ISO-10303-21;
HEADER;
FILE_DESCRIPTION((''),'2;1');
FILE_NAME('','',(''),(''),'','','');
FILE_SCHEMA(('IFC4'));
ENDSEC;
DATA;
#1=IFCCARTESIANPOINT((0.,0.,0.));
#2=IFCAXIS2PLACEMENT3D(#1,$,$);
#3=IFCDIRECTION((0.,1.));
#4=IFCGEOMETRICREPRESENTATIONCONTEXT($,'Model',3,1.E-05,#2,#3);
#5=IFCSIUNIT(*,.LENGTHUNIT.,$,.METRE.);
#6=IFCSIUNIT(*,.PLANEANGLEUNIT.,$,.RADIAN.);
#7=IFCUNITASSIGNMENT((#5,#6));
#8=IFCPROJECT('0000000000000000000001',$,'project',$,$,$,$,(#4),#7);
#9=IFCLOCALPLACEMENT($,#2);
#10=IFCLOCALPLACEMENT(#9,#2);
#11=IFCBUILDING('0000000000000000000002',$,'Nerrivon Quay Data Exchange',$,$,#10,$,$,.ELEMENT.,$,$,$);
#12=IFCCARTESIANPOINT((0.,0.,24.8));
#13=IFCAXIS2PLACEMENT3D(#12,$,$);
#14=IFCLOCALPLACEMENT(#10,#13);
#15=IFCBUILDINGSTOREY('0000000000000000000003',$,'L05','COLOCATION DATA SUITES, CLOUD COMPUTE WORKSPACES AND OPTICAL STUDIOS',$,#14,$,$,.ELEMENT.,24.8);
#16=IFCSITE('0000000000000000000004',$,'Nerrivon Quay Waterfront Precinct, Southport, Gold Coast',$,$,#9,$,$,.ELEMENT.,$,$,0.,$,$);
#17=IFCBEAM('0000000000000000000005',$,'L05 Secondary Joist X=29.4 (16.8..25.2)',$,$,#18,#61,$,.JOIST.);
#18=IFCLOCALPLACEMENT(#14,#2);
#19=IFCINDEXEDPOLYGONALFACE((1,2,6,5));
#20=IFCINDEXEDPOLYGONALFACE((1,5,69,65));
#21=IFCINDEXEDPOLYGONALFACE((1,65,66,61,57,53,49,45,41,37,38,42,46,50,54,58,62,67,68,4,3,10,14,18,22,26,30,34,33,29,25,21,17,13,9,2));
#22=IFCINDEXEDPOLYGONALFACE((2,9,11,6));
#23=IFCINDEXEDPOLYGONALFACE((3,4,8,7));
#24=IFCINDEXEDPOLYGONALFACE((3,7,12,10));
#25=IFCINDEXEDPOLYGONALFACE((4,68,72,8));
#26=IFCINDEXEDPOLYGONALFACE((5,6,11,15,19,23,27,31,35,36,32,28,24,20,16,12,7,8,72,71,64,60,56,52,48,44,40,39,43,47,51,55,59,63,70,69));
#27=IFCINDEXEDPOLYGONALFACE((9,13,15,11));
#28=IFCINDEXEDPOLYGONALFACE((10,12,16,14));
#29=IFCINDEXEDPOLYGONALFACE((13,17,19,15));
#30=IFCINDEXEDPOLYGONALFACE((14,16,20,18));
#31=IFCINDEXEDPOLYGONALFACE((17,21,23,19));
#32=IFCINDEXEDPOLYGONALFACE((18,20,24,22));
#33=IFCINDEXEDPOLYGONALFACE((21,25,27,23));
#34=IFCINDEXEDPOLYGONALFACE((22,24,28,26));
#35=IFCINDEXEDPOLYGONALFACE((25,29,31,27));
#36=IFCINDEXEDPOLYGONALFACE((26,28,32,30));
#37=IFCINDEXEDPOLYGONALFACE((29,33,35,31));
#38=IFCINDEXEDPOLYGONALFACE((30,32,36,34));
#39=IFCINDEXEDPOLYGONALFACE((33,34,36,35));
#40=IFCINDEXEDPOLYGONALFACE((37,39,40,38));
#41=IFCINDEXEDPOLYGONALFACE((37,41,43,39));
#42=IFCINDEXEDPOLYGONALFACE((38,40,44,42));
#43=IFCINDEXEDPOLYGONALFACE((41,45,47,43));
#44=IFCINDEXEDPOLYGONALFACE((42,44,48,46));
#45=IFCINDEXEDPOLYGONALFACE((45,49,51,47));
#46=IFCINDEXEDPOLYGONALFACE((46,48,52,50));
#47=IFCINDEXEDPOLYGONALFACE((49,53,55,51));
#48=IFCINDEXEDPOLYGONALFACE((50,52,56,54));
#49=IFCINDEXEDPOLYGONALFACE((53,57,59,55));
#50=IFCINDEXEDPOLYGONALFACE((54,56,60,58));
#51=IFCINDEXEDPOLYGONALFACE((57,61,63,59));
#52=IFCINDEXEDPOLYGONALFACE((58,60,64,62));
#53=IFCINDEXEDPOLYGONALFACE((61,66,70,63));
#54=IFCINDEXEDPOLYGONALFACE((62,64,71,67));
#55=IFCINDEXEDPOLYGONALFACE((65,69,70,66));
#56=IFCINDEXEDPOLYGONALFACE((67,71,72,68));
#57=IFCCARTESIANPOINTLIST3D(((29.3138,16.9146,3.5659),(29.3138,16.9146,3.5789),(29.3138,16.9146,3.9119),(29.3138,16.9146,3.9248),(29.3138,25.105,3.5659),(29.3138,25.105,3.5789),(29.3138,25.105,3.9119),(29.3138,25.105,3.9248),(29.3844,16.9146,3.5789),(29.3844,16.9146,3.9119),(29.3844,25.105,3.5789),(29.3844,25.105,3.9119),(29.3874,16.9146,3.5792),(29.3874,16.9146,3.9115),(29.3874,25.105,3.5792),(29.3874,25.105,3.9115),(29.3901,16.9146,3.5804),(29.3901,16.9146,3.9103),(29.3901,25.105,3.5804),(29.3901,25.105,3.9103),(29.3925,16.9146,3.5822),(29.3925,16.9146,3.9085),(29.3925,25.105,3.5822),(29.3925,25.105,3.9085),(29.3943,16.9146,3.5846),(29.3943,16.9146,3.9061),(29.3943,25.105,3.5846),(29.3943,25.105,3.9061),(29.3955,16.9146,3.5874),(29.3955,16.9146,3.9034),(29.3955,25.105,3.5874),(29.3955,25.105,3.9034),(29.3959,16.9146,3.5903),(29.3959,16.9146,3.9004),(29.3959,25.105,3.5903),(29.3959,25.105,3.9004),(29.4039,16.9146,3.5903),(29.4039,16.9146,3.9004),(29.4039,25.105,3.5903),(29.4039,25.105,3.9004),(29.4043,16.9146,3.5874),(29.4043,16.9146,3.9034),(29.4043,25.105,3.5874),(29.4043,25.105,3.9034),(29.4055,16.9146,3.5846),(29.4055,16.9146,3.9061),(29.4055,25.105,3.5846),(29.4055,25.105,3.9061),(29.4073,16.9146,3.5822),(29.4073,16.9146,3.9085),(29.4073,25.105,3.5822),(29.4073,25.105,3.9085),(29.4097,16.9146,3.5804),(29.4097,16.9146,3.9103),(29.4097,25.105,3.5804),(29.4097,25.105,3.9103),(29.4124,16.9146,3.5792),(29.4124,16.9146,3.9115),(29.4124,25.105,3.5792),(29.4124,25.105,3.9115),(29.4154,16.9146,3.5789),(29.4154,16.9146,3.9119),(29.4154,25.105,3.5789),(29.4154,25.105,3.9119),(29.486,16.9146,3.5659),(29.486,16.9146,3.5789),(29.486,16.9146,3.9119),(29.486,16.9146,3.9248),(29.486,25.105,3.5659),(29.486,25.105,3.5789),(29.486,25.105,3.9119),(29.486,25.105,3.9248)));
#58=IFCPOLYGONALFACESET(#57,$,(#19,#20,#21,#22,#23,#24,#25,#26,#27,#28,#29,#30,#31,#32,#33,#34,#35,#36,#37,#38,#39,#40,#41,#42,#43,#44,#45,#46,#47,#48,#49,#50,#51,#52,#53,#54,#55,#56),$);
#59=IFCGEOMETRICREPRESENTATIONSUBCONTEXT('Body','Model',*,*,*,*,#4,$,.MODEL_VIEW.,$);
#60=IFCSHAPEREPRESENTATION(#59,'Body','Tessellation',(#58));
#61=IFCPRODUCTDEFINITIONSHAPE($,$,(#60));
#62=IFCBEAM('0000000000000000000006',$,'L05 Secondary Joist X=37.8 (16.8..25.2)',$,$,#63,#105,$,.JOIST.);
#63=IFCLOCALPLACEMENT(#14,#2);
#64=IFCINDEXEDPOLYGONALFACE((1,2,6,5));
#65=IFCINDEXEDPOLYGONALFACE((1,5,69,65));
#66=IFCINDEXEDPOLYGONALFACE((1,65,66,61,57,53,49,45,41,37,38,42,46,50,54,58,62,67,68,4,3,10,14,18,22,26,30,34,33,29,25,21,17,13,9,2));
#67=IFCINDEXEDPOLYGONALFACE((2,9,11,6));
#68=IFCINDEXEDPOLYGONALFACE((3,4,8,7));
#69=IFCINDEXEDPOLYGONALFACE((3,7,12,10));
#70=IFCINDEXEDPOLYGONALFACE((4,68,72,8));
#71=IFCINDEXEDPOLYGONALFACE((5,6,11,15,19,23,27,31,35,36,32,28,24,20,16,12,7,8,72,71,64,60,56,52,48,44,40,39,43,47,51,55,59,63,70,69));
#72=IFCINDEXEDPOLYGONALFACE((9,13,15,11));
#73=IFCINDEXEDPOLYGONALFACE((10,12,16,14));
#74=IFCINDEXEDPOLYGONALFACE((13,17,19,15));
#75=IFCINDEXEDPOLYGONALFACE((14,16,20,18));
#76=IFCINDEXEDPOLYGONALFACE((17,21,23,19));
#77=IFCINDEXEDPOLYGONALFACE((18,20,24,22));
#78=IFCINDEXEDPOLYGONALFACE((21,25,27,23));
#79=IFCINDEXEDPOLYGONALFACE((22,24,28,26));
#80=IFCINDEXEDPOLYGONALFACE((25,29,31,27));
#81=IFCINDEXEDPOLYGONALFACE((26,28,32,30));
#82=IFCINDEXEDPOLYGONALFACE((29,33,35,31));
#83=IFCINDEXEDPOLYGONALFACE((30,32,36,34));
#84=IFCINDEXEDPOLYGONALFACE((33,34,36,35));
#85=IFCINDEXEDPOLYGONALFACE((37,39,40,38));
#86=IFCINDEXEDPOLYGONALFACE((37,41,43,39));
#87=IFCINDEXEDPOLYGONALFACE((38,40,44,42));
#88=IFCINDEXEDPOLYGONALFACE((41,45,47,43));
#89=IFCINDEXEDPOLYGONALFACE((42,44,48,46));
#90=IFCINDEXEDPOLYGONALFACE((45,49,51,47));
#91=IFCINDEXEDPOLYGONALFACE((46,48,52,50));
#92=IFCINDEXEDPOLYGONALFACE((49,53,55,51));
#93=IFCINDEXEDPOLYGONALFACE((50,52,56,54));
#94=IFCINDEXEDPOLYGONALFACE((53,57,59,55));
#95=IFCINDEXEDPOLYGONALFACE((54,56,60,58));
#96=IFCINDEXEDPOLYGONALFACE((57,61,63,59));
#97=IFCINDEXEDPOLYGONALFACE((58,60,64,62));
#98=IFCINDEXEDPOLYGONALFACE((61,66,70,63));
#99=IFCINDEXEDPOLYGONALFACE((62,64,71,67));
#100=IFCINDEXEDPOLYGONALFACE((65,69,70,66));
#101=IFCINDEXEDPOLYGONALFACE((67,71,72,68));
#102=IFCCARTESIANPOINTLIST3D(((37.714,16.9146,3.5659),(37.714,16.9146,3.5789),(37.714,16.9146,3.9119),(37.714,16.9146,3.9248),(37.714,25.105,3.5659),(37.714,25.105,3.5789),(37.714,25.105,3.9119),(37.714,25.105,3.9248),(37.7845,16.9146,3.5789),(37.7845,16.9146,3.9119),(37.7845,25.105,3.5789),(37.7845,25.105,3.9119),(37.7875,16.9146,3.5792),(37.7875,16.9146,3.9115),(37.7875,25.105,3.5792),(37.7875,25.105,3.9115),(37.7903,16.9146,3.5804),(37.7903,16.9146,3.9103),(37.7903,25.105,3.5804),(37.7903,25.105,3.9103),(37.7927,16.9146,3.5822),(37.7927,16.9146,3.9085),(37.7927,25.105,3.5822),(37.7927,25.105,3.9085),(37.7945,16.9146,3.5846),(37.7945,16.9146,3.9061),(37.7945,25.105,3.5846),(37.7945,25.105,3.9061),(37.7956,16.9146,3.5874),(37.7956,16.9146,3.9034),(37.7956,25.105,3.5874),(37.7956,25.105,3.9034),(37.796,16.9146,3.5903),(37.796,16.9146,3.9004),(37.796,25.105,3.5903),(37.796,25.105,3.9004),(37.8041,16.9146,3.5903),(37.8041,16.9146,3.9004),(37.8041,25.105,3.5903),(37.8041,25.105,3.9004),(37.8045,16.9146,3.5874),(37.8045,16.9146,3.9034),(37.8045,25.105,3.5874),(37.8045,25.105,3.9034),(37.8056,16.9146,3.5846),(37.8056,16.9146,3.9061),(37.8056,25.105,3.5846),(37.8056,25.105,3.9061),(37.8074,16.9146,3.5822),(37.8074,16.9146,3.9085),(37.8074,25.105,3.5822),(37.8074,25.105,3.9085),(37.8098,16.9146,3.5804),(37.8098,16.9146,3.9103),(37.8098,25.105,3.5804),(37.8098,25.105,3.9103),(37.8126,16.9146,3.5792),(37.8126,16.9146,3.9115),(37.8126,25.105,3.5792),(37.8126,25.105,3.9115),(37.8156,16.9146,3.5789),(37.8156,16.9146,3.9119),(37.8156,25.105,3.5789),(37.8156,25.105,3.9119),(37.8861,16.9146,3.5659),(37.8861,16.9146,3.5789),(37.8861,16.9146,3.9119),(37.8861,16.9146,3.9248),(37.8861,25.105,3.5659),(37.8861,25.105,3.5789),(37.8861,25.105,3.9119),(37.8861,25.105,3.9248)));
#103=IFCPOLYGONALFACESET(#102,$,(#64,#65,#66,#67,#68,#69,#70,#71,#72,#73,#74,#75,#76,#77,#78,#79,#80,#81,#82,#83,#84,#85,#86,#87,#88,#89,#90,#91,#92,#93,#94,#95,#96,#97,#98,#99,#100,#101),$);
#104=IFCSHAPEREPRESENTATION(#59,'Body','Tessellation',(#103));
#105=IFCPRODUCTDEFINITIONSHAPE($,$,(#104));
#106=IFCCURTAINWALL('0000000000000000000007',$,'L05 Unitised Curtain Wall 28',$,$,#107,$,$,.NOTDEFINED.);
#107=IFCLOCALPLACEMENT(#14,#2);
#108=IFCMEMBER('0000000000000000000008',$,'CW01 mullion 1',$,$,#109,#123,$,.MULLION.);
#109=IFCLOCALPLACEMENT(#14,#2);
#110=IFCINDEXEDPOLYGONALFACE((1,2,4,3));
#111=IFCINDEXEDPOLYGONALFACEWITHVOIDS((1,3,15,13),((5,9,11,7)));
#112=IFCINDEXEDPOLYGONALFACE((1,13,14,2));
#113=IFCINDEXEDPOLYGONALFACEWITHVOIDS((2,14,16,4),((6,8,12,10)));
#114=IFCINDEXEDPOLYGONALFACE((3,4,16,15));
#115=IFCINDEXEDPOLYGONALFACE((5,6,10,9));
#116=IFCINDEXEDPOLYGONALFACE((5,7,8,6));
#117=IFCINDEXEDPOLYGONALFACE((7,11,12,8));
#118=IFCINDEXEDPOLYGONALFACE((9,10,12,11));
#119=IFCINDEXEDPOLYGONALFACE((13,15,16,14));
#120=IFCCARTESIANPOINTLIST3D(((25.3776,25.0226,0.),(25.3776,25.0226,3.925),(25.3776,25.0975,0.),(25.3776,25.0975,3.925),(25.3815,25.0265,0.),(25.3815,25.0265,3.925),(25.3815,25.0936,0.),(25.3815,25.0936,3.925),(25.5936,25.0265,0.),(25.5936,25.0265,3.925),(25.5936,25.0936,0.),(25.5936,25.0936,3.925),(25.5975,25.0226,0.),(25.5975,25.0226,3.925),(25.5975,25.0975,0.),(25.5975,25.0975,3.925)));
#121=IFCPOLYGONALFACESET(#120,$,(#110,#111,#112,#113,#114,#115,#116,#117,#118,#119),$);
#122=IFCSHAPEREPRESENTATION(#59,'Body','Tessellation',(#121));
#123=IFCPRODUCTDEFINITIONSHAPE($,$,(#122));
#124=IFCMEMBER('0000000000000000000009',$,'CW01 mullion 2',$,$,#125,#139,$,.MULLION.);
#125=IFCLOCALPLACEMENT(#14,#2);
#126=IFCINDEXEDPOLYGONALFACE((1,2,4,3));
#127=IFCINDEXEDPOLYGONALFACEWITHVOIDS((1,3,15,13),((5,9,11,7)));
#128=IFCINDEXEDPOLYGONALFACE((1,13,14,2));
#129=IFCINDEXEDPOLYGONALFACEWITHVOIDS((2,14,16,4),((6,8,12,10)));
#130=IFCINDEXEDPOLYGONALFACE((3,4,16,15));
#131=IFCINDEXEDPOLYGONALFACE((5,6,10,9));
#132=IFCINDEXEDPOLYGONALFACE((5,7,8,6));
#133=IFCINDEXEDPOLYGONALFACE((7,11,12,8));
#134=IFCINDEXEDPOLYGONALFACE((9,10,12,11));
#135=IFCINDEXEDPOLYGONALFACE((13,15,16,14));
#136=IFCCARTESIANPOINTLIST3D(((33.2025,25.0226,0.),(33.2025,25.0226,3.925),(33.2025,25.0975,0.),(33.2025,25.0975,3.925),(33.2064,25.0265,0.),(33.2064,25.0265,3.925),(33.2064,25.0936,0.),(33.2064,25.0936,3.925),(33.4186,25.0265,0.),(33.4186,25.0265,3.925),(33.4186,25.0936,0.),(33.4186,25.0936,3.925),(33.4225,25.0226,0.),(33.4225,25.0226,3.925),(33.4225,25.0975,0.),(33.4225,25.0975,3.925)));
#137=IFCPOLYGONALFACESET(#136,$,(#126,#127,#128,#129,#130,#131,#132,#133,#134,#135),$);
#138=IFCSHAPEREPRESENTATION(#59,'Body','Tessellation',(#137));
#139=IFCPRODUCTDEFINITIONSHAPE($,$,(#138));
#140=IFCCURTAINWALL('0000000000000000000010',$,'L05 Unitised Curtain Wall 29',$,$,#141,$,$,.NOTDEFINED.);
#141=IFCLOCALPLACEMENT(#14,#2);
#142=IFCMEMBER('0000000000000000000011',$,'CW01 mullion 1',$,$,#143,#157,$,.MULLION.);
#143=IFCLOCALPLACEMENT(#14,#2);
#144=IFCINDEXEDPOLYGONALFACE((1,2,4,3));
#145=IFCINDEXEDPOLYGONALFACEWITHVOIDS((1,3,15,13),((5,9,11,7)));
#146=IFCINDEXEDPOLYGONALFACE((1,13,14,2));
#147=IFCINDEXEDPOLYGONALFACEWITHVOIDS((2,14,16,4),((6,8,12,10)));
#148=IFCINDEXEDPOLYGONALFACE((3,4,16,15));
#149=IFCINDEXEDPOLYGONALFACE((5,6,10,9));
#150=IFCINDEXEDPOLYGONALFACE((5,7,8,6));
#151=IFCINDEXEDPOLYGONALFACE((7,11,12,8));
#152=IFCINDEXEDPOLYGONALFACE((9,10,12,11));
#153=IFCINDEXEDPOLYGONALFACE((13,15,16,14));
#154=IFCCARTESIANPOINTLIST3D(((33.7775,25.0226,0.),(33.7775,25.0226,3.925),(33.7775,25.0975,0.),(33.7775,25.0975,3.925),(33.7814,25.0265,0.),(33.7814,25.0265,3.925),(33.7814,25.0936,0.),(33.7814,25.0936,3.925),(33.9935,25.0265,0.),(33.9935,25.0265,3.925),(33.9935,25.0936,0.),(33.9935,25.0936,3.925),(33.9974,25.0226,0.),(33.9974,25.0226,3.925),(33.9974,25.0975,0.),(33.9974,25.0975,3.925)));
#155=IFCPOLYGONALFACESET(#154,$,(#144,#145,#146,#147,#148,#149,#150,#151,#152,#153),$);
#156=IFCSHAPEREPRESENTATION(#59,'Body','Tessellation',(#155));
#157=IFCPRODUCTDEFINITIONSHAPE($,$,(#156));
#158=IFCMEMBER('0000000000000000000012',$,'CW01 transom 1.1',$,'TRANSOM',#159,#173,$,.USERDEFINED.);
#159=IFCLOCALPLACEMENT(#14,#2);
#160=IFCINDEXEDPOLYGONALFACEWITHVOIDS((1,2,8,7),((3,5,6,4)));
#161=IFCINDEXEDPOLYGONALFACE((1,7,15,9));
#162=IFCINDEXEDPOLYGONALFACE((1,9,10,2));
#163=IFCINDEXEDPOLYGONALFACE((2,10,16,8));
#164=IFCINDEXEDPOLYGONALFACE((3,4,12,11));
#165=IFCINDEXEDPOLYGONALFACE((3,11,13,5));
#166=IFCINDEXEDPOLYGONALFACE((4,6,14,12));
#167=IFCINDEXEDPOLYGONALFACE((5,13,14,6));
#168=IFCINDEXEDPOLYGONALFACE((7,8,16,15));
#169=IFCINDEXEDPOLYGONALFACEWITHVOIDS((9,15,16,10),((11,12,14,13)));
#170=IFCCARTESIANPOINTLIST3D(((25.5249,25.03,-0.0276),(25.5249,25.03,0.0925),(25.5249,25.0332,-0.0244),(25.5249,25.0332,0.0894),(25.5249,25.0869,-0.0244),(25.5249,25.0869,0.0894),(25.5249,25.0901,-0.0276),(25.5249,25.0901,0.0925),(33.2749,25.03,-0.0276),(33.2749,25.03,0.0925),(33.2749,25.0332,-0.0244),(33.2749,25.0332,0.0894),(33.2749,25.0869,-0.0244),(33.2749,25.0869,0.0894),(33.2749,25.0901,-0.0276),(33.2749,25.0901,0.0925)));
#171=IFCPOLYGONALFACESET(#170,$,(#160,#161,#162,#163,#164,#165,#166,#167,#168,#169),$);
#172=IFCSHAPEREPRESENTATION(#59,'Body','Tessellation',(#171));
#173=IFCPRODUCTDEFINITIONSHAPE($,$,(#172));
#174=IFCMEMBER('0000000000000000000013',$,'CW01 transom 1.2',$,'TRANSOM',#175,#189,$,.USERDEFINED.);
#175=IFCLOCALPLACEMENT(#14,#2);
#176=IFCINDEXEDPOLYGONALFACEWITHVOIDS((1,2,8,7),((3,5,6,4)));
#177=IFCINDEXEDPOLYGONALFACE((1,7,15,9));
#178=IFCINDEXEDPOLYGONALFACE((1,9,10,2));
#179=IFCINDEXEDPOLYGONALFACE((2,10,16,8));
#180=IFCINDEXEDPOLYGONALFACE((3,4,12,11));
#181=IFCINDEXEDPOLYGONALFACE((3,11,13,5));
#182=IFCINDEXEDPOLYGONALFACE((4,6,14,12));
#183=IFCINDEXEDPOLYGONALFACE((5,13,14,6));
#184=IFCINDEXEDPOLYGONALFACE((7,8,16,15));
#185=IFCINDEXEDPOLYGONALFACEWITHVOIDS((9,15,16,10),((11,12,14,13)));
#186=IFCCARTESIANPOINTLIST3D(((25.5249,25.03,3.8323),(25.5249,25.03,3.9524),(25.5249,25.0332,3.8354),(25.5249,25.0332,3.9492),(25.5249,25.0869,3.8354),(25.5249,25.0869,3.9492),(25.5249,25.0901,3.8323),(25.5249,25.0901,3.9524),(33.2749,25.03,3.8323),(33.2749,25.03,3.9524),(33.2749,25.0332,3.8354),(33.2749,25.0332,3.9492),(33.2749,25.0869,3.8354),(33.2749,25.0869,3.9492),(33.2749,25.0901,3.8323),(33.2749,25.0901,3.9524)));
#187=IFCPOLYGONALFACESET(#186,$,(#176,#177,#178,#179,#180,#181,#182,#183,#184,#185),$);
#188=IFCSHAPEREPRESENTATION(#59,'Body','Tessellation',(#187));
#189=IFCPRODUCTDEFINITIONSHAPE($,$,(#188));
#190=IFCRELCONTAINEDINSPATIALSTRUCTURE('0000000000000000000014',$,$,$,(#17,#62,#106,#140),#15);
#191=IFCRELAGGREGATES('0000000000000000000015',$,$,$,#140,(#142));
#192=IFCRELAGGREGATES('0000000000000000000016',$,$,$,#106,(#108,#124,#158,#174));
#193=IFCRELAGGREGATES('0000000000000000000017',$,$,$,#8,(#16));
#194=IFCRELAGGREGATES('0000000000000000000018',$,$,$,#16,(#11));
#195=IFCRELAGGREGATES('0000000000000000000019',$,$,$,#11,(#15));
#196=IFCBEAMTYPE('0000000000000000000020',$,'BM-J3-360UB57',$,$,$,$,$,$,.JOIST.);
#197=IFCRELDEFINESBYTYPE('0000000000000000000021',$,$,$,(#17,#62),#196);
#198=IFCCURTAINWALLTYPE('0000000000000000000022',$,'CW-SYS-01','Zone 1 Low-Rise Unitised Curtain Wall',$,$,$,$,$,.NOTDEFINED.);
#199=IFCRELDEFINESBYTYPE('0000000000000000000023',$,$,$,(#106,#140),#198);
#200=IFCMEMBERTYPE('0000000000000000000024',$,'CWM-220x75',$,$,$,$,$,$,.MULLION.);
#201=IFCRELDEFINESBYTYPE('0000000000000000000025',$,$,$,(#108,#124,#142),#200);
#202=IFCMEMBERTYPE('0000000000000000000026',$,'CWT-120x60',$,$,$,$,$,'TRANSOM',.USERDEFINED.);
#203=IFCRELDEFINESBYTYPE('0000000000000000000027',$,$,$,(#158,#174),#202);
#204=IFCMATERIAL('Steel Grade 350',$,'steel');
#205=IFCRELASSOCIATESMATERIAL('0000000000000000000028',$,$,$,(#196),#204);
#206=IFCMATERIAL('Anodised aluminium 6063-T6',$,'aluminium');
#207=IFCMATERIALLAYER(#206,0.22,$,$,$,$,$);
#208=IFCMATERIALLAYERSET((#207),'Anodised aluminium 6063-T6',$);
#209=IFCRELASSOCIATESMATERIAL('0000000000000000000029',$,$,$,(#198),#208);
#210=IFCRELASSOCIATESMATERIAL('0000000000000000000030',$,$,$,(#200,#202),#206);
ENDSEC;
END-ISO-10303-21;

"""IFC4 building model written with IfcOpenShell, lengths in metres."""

from ifc_helpers import new_model, si_unit, direction, frame, origin, origin_2d, place, context, subcontext, project, spatial, hollow_rectangle, i_section, extrude, material, layer, layer_set, material_profile, profile_set, type_object, element, aggregate, save


model = new_model("IFC4")

# Units and contexts
model_context = context("Model", 3, precision=1e-05, world=origin(), true_north=direction((0.0, 1.0)))
body_context = subcontext(model_context, "Body", "Model", "MODEL_VIEW")
ifc_project = project(units=[si_unit("LENGTHUNIT", "METRE"), si_unit("PLANEANGLEUNIT", "RADIAN")], contexts=[model_context])

# Site, building, storey
site_placement = place(None, origin())
site = spatial("IfcSite", under=ifc_project, at=site_placement, Name="Nerrivon Quay Waterfront Precinct, Southport, Gold Coast", CompositionType="ELEMENT", RefElevation=0.0)
building_placement = place(site_placement, origin())
building = spatial("IfcBuilding", under=site, at=building_placement, Name="Nerrivon Quay Data Exchange", CompositionType="ELEMENT")
storey_placement = place(building_placement, frame((0.0, 0.0, 24.8)))
storey = spatial("IfcBuildingStorey", under=building, at=storey_placement, Name="L05", Description="COLOCATION DATA SUITES, CLOUD COMPUTE WORKSPACES AND OPTICAL STUDIOS", CompositionType="ELEMENT", Elevation=24.8)

# Beams
ifc_material_1 = material(Name="Steel Grade 350", Category="steel")
ifc_material_profile_1 = material_profile(ifc_material_1, i_section(OverallWidth=0.1721, OverallDepth=0.3589, WebThickness=0.0081, FlangeThickness=0.0129, FilletRadius=0.0115, at=origin_2d()), Name="360UB56.7")
ifc_profile_set_1 = profile_set([ifc_material_profile_1], Name="Steel Grade 350")
beam_type_1 = type_object("IfcBeamType", Name="BM-J3-360UB57", PredefinedType="JOIST", material=ifc_profile_set_1)
for number, where, z_axis, x_axis, name in (
    (1, (29.3999, 16.9146, 3.7454), (0.0, 1.0, 0.0), (-1.0, 0.0, 0.0), "L05 Secondary Joist X=29.4 (16.8..25.2)"),
    (2, (37.8, 16.9146, 3.7454), (0.0, 1.0, 0.0), (-1.0, 0.0, 0.0), "L05 Secondary Joist X=37.8 (16.8..25.2)"),
):
    element("IfcBeam", number, at=place(storey_placement, frame(where, z_axis=z_axis, x_axis=x_axis)), inside=storey, type_object=beam_type_1, Name=name, PredefinedType="JOIST", context=body_context, shape_type="SweptSolid", body=[
        extrude(i_section(OverallWidth=0.1721, OverallDepth=0.3589, WebThickness=0.0081, FlangeThickness=0.0129, FilletRadius=0.0115, at=origin_2d()), origin(), (0.0, 0.0, 1.0), 8.1904),
    ])

# Curtain wall, members
ifc_material_2 = material(Name="Anodised aluminium 6063-T6", Category="aluminium")
ifc_layer_1 = layer(ifc_material_2, 0.22)
ifc_layer_set_1 = layer_set([ifc_layer_1], Name="Anodised aluminium 6063-T6")
curtain_wall_type = type_object("IfcCurtainWallType", Name="CW-SYS-01", Description="Zone 1 Low-Rise Unitised Curtain Wall", PredefinedType="NOTDEFINED", material=ifc_layer_set_1)
curtain_wall_1_placement = place(storey_placement, origin())
curtain_wall_1 = element("IfcCurtainWall", 3, at=curtain_wall_1_placement, inside=storey, type_object=curtain_wall_type, Name="L05 Unitised Curtain Wall 28", PredefinedType="NOTDEFINED")
ifc_material_profile_2 = material_profile(ifc_material_2, hollow_rectangle(XDim=0.075, YDim=0.22, WallThickness=0.0039, at=origin_2d()), Name="ALU-MULL-220x75")
ifc_profile_set_2 = profile_set([ifc_material_profile_2], Name="Anodised aluminium 6063-T6")
member_type_1 = type_object("IfcMemberType", Name="CWM-220x75", PredefinedType="MULLION", material=ifc_profile_set_2)
member_1_placement = place(storey_placement, frame((25.4875, 25.0601, 0.0), z_axis=(0.0, 0.0, 1.0), x_axis=(0.0, 1.0, 0.0)))
member_1 = element("IfcMember", 4, at=member_1_placement, type_object=member_type_1, Name="CW01 mullion 1", PredefinedType="MULLION", context=body_context, shape_type="SweptSolid", body=[
    extrude(hollow_rectangle(XDim=0.075, YDim=0.22, WallThickness=0.0039, at=origin_2d()), origin(), (0.0, 0.0, 1.0), 3.925),
])
member_2_placement = place(storey_placement, frame((33.3125, 25.0601, 0.0), z_axis=(0.0, 0.0, 1.0), x_axis=(0.0, 1.0, 0.0)))
member_2 = element("IfcMember", 5, at=member_2_placement, type_object=member_type_1, Name="CW01 mullion 2", PredefinedType="MULLION", context=body_context, shape_type="SweptSolid", body=[
    extrude(hollow_rectangle(XDim=0.075, YDim=0.22, WallThickness=0.0039, at=origin_2d()), origin(), (0.0, 0.0, 1.0), 3.925),
])

# Curtain wall, member
curtain_wall_2_placement = place(storey_placement, origin())
curtain_wall_2 = element("IfcCurtainWall", 6, at=curtain_wall_2_placement, inside=storey, type_object=curtain_wall_type, Name="L05 Unitised Curtain Wall 29", PredefinedType="NOTDEFINED")
member_3_placement = place(storey_placement, frame((33.8875, 25.0601, 0.0), z_axis=(0.0, 0.0, 1.0), x_axis=(0.0, 1.0, 0.0)))
member_3 = element("IfcMember", 7, at=member_3_placement, type_object=member_type_1, Name="CW01 mullion 1", PredefinedType="MULLION", context=body_context, shape_type="SweptSolid", body=[
    extrude(hollow_rectangle(XDim=0.075, YDim=0.22, WallThickness=0.0039, at=origin_2d()), origin(), (0.0, 0.0, 1.0), 3.925),
])

# Members
ifc_material_profile_3 = material_profile(ifc_material_2, hollow_rectangle(XDim=0.0601, YDim=0.1201, WallThickness=0.0032, at=origin_2d()), Name="ALU-TRAN-120x60")
ifc_profile_set_3 = profile_set([ifc_material_profile_3], Name="Anodised aluminium 6063-T6")
member_type_2 = type_object("IfcMemberType", Name="CWT-120x60", ElementType="TRANSOM", PredefinedType="USERDEFINED", material=ifc_profile_set_3)
member_4_placement = place(storey_placement, frame((25.5249, 25.0601, 0.0325), z_axis=(1.0, 0.0, 0.0), x_axis=(0.0, 1.0, 0.0)))
member_4 = element("IfcMember", 8, at=member_4_placement, type_object=member_type_2, Name="CW01 transom 1.1", ObjectType="TRANSOM", PredefinedType="USERDEFINED", context=body_context, shape_type="SweptSolid", body=[
    extrude(hollow_rectangle(XDim=0.0601, YDim=0.1201, WallThickness=0.0032, at=origin_2d()), origin(), (0.0, 0.0, 1.0), 7.75),
])
member_5_placement = place(storey_placement, frame((25.5249, 25.0601, 3.8923), z_axis=(1.0, 0.0, 0.0), x_axis=(0.0, 1.0, 0.0)))
member_5 = element("IfcMember", 9, at=member_5_placement, type_object=member_type_2, Name="CW01 transom 1.2", ObjectType="TRANSOM", PredefinedType="USERDEFINED", context=body_context, shape_type="SweptSolid", body=[
    extrude(hollow_rectangle(XDim=0.0601, YDim=0.1201, WallThickness=0.0032, at=origin_2d()), origin(), (0.0, 0.0, 1.0), 7.75),
])
aggregate(curtain_wall_2, [member_3])

aggregate(curtain_wall_1, [member_1, member_2, member_4, member_5])

save(model, "model.ifc")
